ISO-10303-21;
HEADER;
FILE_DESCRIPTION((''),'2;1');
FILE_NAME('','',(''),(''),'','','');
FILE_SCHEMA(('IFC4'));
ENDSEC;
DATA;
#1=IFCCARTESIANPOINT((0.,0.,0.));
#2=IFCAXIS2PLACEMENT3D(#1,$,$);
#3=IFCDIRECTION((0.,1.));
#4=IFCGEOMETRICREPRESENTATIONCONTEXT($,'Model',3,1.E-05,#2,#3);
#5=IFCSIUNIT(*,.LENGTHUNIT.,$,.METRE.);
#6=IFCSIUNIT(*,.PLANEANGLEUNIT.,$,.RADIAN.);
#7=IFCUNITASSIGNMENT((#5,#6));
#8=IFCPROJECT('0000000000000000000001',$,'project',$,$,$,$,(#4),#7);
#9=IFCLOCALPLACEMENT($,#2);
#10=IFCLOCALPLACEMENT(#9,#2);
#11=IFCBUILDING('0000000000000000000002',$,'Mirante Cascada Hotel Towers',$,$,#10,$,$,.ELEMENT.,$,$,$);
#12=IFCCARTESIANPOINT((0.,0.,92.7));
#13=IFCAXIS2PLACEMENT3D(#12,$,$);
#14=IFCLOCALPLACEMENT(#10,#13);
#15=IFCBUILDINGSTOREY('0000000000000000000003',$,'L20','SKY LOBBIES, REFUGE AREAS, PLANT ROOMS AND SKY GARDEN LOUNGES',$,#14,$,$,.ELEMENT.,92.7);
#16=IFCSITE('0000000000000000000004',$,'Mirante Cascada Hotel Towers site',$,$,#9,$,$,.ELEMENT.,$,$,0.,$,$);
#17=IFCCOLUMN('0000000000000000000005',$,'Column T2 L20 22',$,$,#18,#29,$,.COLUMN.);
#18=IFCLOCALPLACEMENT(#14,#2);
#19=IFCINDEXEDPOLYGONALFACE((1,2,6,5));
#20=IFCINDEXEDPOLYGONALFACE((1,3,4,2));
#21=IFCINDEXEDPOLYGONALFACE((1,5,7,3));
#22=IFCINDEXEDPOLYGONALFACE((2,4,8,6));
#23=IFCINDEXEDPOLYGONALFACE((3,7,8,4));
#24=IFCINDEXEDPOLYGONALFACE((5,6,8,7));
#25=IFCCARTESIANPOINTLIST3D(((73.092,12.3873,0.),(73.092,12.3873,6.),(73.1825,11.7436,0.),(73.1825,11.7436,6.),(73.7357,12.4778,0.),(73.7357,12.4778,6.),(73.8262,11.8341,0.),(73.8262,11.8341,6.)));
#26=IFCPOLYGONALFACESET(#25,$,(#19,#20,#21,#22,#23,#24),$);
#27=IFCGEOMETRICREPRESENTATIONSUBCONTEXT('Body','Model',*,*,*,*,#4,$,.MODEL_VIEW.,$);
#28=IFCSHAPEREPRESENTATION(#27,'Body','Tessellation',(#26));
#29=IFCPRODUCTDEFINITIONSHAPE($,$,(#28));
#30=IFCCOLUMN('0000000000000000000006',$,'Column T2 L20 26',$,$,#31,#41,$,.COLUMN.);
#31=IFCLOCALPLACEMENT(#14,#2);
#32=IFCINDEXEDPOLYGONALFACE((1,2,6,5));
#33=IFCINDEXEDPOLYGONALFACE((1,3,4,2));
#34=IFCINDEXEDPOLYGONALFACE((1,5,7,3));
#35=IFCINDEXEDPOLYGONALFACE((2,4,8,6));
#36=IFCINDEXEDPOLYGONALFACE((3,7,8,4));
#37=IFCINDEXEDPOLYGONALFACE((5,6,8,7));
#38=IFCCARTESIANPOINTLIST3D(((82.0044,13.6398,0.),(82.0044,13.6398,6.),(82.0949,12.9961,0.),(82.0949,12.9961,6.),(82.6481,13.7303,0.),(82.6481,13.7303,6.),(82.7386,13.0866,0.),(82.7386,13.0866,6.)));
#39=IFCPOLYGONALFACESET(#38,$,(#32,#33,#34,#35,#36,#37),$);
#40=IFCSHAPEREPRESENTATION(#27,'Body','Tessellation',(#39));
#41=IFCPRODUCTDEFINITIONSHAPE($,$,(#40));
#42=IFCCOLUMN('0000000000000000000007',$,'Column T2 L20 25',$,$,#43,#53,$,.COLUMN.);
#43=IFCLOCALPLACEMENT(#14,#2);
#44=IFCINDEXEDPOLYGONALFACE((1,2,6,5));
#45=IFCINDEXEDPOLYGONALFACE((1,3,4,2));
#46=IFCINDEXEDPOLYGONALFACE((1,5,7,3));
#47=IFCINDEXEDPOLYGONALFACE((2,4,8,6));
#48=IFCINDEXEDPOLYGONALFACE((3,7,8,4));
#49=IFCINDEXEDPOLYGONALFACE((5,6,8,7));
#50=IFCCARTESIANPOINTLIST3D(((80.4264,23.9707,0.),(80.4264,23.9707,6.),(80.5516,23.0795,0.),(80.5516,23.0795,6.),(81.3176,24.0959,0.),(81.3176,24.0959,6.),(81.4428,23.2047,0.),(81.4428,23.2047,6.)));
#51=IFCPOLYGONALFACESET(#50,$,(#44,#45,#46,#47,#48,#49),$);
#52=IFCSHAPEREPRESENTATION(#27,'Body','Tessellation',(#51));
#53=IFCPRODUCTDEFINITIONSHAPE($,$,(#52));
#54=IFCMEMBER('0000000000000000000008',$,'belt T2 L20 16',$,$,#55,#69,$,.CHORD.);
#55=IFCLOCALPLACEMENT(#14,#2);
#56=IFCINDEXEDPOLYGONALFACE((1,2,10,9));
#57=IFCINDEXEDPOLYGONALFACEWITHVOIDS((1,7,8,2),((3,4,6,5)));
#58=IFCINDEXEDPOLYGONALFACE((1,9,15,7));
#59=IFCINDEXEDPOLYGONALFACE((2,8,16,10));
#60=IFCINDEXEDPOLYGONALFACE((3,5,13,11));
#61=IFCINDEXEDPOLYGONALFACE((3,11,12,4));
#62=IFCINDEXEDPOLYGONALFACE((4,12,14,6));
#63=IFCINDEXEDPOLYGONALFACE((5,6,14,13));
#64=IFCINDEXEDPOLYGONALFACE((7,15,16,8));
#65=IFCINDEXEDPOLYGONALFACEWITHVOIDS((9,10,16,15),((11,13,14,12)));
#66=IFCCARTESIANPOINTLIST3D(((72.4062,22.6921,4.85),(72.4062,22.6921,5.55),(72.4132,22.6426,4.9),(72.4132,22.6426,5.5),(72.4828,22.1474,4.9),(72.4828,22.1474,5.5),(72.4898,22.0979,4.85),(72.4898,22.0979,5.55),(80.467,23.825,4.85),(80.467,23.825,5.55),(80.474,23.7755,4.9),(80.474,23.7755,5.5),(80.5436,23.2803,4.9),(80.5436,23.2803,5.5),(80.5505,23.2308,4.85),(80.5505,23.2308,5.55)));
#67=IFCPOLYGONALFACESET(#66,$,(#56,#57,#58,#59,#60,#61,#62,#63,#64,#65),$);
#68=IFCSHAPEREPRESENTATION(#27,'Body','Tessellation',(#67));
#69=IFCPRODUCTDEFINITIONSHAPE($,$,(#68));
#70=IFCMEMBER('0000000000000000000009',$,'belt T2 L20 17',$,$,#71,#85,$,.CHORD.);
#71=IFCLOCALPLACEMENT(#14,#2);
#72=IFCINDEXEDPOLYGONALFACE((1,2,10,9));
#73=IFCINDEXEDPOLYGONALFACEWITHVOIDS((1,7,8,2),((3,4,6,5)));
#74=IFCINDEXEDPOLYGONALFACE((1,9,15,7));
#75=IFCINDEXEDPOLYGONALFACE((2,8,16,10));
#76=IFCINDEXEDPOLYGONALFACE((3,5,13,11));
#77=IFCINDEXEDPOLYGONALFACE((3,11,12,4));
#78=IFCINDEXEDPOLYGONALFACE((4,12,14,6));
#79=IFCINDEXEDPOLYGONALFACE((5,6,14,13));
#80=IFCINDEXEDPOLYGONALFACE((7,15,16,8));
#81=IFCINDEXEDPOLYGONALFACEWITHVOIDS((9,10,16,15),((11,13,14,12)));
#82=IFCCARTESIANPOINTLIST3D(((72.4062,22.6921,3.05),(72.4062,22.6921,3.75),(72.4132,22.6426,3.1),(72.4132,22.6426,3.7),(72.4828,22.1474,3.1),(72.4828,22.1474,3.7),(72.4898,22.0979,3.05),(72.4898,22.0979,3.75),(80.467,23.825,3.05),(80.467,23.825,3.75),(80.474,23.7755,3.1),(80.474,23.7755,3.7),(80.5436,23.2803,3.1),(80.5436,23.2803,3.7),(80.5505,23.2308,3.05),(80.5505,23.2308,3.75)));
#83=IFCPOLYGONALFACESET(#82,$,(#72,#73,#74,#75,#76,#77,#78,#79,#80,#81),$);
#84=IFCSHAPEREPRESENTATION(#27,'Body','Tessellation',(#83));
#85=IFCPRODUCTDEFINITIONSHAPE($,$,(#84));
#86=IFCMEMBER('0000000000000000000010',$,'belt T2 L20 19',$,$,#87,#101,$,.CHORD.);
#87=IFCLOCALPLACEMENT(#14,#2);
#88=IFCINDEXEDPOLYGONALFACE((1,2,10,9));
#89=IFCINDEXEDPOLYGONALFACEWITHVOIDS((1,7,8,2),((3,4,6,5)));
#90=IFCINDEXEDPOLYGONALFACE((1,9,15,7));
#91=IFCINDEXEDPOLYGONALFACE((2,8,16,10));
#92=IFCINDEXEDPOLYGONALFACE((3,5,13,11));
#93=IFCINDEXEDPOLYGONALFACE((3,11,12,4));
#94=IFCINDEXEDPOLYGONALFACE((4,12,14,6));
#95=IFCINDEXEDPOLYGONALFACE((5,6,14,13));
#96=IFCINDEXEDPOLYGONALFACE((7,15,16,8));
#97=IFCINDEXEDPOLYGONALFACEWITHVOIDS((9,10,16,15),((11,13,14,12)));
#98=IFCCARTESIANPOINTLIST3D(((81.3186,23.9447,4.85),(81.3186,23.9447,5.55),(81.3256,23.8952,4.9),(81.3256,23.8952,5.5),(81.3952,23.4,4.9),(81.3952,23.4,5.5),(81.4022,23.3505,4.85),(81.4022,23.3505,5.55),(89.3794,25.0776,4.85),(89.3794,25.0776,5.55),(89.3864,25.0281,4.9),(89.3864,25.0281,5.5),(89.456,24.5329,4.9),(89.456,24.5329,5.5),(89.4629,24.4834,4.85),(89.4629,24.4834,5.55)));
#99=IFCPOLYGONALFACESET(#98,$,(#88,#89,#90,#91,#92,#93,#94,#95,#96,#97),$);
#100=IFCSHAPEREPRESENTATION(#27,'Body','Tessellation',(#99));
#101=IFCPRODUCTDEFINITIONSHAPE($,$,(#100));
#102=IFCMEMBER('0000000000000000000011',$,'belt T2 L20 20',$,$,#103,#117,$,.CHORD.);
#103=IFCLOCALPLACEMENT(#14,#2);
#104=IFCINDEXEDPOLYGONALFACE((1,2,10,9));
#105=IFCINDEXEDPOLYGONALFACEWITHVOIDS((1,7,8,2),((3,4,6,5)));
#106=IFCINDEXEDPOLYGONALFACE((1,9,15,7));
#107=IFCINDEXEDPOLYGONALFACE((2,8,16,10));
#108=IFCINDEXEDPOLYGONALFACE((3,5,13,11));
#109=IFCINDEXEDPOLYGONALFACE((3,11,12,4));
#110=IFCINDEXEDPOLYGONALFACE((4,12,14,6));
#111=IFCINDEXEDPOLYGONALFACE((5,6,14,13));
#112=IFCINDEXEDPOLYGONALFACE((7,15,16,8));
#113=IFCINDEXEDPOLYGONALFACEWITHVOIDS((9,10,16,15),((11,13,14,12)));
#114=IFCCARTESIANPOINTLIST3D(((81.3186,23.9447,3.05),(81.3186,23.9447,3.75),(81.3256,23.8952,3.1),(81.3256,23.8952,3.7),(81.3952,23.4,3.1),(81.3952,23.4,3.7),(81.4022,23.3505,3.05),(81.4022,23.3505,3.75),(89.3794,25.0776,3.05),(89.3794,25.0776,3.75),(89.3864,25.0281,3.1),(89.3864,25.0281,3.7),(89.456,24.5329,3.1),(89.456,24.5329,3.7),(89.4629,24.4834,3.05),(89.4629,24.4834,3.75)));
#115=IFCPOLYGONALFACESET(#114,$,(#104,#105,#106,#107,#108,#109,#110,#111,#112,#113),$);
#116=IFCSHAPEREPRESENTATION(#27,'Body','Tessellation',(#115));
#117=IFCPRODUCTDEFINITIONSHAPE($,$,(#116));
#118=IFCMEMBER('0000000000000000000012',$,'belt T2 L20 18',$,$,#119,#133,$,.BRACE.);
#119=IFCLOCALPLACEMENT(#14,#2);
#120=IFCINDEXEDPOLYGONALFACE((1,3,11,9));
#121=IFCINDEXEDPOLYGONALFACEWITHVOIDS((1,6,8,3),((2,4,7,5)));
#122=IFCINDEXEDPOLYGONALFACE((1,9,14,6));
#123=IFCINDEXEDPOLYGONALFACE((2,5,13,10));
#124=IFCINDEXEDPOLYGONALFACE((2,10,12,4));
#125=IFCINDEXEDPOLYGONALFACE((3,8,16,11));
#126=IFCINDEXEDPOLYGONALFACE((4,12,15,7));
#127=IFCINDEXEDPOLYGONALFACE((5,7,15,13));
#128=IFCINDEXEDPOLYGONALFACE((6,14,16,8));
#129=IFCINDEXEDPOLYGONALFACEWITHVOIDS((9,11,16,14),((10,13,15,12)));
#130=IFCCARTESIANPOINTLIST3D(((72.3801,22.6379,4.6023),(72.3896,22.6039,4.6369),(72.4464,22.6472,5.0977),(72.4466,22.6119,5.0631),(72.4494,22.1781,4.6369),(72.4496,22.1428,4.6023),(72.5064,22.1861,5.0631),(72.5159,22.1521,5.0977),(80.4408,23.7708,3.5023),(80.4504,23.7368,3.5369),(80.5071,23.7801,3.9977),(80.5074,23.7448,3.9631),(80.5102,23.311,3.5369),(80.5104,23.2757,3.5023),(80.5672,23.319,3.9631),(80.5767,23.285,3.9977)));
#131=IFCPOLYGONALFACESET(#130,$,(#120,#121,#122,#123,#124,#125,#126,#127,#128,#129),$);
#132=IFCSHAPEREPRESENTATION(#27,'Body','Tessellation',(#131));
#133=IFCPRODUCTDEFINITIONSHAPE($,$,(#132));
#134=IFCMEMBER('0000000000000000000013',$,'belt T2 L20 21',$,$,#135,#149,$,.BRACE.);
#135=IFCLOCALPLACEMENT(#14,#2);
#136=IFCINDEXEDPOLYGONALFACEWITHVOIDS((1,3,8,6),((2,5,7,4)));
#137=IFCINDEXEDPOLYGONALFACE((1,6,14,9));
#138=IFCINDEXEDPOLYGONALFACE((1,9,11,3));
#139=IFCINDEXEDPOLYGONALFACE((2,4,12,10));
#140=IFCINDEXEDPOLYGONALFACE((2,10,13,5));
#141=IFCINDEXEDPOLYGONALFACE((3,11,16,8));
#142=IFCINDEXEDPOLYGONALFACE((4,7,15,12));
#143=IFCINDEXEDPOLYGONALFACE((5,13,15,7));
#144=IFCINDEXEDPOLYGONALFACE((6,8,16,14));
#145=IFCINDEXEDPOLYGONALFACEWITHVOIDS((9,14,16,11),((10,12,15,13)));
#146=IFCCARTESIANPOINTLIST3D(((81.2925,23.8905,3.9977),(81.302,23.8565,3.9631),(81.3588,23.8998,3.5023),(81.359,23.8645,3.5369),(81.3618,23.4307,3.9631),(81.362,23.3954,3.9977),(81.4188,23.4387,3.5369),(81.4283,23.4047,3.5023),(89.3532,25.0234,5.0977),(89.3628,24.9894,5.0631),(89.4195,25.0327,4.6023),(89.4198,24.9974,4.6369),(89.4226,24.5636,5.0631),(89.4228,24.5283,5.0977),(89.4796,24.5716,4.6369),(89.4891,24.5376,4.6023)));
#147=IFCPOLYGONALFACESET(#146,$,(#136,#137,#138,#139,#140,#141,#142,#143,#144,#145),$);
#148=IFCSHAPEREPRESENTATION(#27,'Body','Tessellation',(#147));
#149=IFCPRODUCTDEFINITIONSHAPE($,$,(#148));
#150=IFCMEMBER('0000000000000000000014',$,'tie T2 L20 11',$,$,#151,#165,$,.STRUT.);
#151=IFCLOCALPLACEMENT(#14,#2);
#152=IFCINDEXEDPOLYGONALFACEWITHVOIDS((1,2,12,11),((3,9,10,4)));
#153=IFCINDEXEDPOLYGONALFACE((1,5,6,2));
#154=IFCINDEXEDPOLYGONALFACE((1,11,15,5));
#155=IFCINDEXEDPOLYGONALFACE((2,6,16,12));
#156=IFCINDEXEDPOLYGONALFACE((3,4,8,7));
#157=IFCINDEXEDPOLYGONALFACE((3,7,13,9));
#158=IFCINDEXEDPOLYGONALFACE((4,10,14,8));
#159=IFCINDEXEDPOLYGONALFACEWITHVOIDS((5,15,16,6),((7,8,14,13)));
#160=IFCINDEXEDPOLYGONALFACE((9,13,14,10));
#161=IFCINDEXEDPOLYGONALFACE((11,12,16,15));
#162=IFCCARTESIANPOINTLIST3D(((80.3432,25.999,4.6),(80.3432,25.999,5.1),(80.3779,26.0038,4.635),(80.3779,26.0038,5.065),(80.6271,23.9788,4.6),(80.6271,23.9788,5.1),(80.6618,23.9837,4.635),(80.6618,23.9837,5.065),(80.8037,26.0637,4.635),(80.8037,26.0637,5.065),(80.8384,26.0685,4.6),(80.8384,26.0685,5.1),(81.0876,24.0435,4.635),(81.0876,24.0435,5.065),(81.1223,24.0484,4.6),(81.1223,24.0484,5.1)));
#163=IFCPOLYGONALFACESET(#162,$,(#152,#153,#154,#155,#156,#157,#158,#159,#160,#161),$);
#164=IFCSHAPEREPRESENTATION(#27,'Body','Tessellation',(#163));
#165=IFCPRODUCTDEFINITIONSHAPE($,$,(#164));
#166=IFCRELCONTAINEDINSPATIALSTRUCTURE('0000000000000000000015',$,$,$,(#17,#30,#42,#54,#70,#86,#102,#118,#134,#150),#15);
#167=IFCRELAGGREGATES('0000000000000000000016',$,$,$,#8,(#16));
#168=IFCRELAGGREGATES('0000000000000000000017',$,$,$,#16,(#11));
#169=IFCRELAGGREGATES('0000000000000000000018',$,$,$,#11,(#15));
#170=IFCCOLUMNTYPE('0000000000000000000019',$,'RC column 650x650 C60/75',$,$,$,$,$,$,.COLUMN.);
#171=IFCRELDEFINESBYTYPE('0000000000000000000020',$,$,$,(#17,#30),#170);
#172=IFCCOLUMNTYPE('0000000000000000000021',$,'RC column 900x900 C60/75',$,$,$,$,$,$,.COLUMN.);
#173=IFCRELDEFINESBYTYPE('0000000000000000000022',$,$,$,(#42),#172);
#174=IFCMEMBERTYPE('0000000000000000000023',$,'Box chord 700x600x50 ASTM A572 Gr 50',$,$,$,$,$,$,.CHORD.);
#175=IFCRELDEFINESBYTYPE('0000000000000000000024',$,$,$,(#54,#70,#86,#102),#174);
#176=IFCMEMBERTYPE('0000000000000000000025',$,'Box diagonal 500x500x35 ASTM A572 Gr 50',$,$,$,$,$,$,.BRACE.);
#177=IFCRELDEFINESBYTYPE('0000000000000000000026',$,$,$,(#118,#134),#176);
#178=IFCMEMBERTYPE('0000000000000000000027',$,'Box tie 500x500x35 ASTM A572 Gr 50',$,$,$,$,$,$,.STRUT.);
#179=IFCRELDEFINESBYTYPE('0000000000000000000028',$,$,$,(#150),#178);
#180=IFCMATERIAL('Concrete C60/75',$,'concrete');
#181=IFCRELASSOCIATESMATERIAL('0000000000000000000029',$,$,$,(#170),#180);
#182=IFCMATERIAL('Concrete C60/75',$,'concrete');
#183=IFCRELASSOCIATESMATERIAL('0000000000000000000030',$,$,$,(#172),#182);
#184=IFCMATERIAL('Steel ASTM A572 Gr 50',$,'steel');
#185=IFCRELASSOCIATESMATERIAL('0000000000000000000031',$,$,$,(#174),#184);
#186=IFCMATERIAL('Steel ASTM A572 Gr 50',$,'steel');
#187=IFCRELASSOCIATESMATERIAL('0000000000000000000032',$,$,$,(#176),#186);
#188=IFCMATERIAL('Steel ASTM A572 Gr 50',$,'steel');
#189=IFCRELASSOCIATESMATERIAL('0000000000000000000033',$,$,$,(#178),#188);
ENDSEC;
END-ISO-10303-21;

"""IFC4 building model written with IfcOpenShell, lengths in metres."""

from ifc_helpers import new_model, si_unit, direction, frame, origin, origin_2d, place, context, subcontext, project, spatial, rectangle, hollow_rectangle, extrude, material, material_profile, profile_set, type_object, element, save


model = new_model("IFC4")

# Units and contexts
model_context = context("Model", 3, precision=1e-05, world=origin(), true_north=direction((0.0, 1.0)))
body_context = subcontext(model_context, "Body", "Model", "MODEL_VIEW")
ifc_project = project(units=[si_unit("LENGTHUNIT", "METRE"), si_unit("PLANEANGLEUNIT", "RADIAN")], contexts=[model_context])

# Site, building, storey
site_placement = place(None, origin())
site = spatial("IfcSite", under=ifc_project, at=site_placement, Name="Mirante Cascada Hotel Towers site", CompositionType="ELEMENT", RefElevation=0.0)
building_placement = place(site_placement, origin())
building = spatial("IfcBuilding", under=site, at=building_placement, Name="Mirante Cascada Hotel Towers", CompositionType="ELEMENT")
storey_placement = place(building_placement, frame((0.0, 0.0, 92.7)))
storey = spatial("IfcBuildingStorey", under=building, at=storey_placement, Name="L20", Description="SKY LOBBIES, REFUGE AREAS, PLANT ROOMS AND SKY GARDEN LOUNGES", CompositionType="ELEMENT", Elevation=92.7)

# Columns
ifc_material_1 = material(Name="Concrete C60/75", Category="concrete")
ifc_material_profile_1 = material_profile(ifc_material_1, rectangle(XDim=0.65, YDim=0.65, at=origin_2d()), Name="RC column 650x650 C60/75")
ifc_profile_set_1 = profile_set([ifc_material_profile_1], Name="Concrete C60/75")
column_type_1 = type_object("IfcColumnType", Name="RC column 650x650 C60/75", PredefinedType="COLUMN", material=ifc_profile_set_1)
for number, where, z_axis, x_axis, name in (
    (1, (73.4591, 12.1107, 0.0), (0.0, 0.0, 1.0), (0.990268, 0.139173, 0.0), "Column T2 L20 22"),
    (2, (82.3715, 13.3632, 0.0), (0.0, 0.0, 1.0), (0.990268, 0.139173, 0.0), "Column T2 L20 26"),
):
    element("IfcColumn", number, at=place(storey_placement, frame(where, z_axis=z_axis, x_axis=x_axis)), inside=storey, type_object=column_type_1, Name=name, PredefinedType="COLUMN", context=body_context, shape_type="SweptSolid", body=[
        extrude(rectangle(XDim=0.65, YDim=0.65, at=origin_2d()), origin(), (0.0, 0.0, 1.0), 6.0),
    ])
ifc_material_2 = material(Name="Concrete C60/75", Category="concrete")
ifc_material_profile_2 = material_profile(ifc_material_2, rectangle(XDim=0.9, YDim=0.9, at=origin_2d()), Name="RC column 900x900 C60/75")
ifc_profile_set_2 = profile_set([ifc_material_profile_2], Name="Concrete C60/75")
column_type_2 = type_object("IfcColumnType", Name="RC column 900x900 C60/75", PredefinedType="COLUMN", material=ifc_profile_set_2)
column_placement = place(storey_placement, frame((80.9346, 23.5877, 0.0), z_axis=(0.0, 0.0, 1.0), x_axis=(0.990268, 0.139173, 0.0)))
element("IfcColumn", 3, at=column_placement, inside=storey, type_object=column_type_2, Name="Column T2 L20 25", PredefinedType="COLUMN", context=body_context, shape_type="SweptSolid", body=[
    extrude(rectangle(XDim=0.9, YDim=0.9, at=origin_2d()), origin(), (0.0, 0.0, 1.0), 6.0),
])

# Members
ifc_material_3 = material(Name="Steel ASTM A572 Gr 50", Category="steel")
ifc_material_profile_3 = material_profile(ifc_material_3, hollow_rectangle(XDim=0.6, YDim=0.7, WallThickness=0.05, at=origin_2d()), Name="Box chord 700x600x50 ASTM A572 Gr 50")
ifc_profile_set_3 = profile_set([ifc_material_profile_3], Name="Steel ASTM A572 Gr 50")
member_type_1 = type_object("IfcMemberType", Name="Box chord 700x600x50 ASTM A572 Gr 50", PredefinedType="CHORD", material=ifc_profile_set_3)
for number, where, z_axis, x_axis, name in (
    (4, (72.448, 22.395, 5.2), (0.990268, 0.139177, 0.0), (-0.139177, 0.990268, 0.0), "belt T2 L20 16"),
    (5, (72.448, 22.395, 3.4), (0.990268, 0.139177, 0.0), (-0.139177, 0.990268, 0.0), "belt T2 L20 17"),
    (6, (81.3604, 23.6476, 5.2), (0.990268, 0.139177, 0.0), (-0.139177, 0.990268, 0.0), "belt T2 L20 19"),
    (7, (81.3604, 23.6476, 3.4), (0.990268, 0.139177, 0.0), (-0.139177, 0.990268, 0.0), "belt T2 L20 20"),
):
    element("IfcMember", number, at=place(storey_placement, frame(where, z_axis=z_axis, x_axis=x_axis)), inside=storey, type_object=member_type_1, Name=name, PredefinedType="CHORD", context=body_context, shape_type="SweptSolid", body=[
        extrude(hollow_rectangle(XDim=0.6, YDim=0.7, WallThickness=0.05, at=origin_2d()), origin(), (0.0, 0.0, 1.0), 8.14),
    ])
ifc_material_4 = material(Name="Steel ASTM A572 Gr 50", Category="steel")
ifc_material_profile_4 = material_profile(ifc_material_4, hollow_rectangle(XDim=0.5, YDim=0.5, WallThickness=0.035, at=origin_2d()), Name="Box diagonal 500x500x35 ASTM A572 Gr 50")
ifc_profile_set_4 = profile_set([ifc_material_profile_4], Name="Steel ASTM A572 Gr 50")
member_type_2 = type_object("IfcMemberType", Name="Box diagonal 500x500x35 ASTM A572 Gr 50", PredefinedType="BRACE", material=ifc_profile_set_4)
for number, where, z_axis, x_axis, name in (
    (8, (72.448, 22.395, 4.85), (0.981348, 0.137923, -0.133917), (-0.139177, 0.990268, 0.0), "belt T2 L20 18"),
    (9, (81.3604, 23.6476, 3.75), (0.981348, 0.137923, 0.133917), (-0.139177, 0.990268, 0.0), "belt T2 L20 21"),
):
    element("IfcMember", number, at=place(storey_placement, frame(where, z_axis=z_axis, x_axis=x_axis)), inside=storey, type_object=member_type_2, Name=name, PredefinedType="BRACE", context=body_context, shape_type="SweptSolid", body=[
        extrude(hollow_rectangle(XDim=0.5, YDim=0.5, WallThickness=0.035, at=origin_2d()), origin(), (0.0, 0.0, 1.0), 8.214),
    ])
ifc_material_5 = material(Name="Steel ASTM A572 Gr 50", Category="steel")
ifc_material_profile_5 = material_profile(ifc_material_5, hollow_rectangle(XDim=0.5, YDim=0.5, WallThickness=0.035, at=origin_2d()), Name="Box tie 500x500x35 ASTM A572 Gr 50")
ifc_profile_set_5 = profile_set([ifc_material_profile_5], Name="Steel ASTM A572 Gr 50")
member_type_3 = type_object("IfcMemberType", Name="Box tie 500x500x35 ASTM A572 Gr 50", PredefinedType="STRUT", material=ifc_profile_set_5)
member_placement = place(storey_placement, frame((80.8747, 24.0136, 4.85), z_axis=(-0.13917, 0.990268, 0.0), x_axis=(-0.990268, -0.13917, 0.0)))
element("IfcMember", 10, at=member_placement, inside=storey, type_object=member_type_3, Name="tie T2 L20 11", PredefinedType="STRUT", context=body_context, shape_type="SweptSolid", body=[
    extrude(hollow_rectangle(XDim=0.5, YDim=0.5, WallThickness=0.035, at=origin_2d()), origin(), (0.0, 0.0, 1.0), 2.04),
])

save(model, "model.ifc")
